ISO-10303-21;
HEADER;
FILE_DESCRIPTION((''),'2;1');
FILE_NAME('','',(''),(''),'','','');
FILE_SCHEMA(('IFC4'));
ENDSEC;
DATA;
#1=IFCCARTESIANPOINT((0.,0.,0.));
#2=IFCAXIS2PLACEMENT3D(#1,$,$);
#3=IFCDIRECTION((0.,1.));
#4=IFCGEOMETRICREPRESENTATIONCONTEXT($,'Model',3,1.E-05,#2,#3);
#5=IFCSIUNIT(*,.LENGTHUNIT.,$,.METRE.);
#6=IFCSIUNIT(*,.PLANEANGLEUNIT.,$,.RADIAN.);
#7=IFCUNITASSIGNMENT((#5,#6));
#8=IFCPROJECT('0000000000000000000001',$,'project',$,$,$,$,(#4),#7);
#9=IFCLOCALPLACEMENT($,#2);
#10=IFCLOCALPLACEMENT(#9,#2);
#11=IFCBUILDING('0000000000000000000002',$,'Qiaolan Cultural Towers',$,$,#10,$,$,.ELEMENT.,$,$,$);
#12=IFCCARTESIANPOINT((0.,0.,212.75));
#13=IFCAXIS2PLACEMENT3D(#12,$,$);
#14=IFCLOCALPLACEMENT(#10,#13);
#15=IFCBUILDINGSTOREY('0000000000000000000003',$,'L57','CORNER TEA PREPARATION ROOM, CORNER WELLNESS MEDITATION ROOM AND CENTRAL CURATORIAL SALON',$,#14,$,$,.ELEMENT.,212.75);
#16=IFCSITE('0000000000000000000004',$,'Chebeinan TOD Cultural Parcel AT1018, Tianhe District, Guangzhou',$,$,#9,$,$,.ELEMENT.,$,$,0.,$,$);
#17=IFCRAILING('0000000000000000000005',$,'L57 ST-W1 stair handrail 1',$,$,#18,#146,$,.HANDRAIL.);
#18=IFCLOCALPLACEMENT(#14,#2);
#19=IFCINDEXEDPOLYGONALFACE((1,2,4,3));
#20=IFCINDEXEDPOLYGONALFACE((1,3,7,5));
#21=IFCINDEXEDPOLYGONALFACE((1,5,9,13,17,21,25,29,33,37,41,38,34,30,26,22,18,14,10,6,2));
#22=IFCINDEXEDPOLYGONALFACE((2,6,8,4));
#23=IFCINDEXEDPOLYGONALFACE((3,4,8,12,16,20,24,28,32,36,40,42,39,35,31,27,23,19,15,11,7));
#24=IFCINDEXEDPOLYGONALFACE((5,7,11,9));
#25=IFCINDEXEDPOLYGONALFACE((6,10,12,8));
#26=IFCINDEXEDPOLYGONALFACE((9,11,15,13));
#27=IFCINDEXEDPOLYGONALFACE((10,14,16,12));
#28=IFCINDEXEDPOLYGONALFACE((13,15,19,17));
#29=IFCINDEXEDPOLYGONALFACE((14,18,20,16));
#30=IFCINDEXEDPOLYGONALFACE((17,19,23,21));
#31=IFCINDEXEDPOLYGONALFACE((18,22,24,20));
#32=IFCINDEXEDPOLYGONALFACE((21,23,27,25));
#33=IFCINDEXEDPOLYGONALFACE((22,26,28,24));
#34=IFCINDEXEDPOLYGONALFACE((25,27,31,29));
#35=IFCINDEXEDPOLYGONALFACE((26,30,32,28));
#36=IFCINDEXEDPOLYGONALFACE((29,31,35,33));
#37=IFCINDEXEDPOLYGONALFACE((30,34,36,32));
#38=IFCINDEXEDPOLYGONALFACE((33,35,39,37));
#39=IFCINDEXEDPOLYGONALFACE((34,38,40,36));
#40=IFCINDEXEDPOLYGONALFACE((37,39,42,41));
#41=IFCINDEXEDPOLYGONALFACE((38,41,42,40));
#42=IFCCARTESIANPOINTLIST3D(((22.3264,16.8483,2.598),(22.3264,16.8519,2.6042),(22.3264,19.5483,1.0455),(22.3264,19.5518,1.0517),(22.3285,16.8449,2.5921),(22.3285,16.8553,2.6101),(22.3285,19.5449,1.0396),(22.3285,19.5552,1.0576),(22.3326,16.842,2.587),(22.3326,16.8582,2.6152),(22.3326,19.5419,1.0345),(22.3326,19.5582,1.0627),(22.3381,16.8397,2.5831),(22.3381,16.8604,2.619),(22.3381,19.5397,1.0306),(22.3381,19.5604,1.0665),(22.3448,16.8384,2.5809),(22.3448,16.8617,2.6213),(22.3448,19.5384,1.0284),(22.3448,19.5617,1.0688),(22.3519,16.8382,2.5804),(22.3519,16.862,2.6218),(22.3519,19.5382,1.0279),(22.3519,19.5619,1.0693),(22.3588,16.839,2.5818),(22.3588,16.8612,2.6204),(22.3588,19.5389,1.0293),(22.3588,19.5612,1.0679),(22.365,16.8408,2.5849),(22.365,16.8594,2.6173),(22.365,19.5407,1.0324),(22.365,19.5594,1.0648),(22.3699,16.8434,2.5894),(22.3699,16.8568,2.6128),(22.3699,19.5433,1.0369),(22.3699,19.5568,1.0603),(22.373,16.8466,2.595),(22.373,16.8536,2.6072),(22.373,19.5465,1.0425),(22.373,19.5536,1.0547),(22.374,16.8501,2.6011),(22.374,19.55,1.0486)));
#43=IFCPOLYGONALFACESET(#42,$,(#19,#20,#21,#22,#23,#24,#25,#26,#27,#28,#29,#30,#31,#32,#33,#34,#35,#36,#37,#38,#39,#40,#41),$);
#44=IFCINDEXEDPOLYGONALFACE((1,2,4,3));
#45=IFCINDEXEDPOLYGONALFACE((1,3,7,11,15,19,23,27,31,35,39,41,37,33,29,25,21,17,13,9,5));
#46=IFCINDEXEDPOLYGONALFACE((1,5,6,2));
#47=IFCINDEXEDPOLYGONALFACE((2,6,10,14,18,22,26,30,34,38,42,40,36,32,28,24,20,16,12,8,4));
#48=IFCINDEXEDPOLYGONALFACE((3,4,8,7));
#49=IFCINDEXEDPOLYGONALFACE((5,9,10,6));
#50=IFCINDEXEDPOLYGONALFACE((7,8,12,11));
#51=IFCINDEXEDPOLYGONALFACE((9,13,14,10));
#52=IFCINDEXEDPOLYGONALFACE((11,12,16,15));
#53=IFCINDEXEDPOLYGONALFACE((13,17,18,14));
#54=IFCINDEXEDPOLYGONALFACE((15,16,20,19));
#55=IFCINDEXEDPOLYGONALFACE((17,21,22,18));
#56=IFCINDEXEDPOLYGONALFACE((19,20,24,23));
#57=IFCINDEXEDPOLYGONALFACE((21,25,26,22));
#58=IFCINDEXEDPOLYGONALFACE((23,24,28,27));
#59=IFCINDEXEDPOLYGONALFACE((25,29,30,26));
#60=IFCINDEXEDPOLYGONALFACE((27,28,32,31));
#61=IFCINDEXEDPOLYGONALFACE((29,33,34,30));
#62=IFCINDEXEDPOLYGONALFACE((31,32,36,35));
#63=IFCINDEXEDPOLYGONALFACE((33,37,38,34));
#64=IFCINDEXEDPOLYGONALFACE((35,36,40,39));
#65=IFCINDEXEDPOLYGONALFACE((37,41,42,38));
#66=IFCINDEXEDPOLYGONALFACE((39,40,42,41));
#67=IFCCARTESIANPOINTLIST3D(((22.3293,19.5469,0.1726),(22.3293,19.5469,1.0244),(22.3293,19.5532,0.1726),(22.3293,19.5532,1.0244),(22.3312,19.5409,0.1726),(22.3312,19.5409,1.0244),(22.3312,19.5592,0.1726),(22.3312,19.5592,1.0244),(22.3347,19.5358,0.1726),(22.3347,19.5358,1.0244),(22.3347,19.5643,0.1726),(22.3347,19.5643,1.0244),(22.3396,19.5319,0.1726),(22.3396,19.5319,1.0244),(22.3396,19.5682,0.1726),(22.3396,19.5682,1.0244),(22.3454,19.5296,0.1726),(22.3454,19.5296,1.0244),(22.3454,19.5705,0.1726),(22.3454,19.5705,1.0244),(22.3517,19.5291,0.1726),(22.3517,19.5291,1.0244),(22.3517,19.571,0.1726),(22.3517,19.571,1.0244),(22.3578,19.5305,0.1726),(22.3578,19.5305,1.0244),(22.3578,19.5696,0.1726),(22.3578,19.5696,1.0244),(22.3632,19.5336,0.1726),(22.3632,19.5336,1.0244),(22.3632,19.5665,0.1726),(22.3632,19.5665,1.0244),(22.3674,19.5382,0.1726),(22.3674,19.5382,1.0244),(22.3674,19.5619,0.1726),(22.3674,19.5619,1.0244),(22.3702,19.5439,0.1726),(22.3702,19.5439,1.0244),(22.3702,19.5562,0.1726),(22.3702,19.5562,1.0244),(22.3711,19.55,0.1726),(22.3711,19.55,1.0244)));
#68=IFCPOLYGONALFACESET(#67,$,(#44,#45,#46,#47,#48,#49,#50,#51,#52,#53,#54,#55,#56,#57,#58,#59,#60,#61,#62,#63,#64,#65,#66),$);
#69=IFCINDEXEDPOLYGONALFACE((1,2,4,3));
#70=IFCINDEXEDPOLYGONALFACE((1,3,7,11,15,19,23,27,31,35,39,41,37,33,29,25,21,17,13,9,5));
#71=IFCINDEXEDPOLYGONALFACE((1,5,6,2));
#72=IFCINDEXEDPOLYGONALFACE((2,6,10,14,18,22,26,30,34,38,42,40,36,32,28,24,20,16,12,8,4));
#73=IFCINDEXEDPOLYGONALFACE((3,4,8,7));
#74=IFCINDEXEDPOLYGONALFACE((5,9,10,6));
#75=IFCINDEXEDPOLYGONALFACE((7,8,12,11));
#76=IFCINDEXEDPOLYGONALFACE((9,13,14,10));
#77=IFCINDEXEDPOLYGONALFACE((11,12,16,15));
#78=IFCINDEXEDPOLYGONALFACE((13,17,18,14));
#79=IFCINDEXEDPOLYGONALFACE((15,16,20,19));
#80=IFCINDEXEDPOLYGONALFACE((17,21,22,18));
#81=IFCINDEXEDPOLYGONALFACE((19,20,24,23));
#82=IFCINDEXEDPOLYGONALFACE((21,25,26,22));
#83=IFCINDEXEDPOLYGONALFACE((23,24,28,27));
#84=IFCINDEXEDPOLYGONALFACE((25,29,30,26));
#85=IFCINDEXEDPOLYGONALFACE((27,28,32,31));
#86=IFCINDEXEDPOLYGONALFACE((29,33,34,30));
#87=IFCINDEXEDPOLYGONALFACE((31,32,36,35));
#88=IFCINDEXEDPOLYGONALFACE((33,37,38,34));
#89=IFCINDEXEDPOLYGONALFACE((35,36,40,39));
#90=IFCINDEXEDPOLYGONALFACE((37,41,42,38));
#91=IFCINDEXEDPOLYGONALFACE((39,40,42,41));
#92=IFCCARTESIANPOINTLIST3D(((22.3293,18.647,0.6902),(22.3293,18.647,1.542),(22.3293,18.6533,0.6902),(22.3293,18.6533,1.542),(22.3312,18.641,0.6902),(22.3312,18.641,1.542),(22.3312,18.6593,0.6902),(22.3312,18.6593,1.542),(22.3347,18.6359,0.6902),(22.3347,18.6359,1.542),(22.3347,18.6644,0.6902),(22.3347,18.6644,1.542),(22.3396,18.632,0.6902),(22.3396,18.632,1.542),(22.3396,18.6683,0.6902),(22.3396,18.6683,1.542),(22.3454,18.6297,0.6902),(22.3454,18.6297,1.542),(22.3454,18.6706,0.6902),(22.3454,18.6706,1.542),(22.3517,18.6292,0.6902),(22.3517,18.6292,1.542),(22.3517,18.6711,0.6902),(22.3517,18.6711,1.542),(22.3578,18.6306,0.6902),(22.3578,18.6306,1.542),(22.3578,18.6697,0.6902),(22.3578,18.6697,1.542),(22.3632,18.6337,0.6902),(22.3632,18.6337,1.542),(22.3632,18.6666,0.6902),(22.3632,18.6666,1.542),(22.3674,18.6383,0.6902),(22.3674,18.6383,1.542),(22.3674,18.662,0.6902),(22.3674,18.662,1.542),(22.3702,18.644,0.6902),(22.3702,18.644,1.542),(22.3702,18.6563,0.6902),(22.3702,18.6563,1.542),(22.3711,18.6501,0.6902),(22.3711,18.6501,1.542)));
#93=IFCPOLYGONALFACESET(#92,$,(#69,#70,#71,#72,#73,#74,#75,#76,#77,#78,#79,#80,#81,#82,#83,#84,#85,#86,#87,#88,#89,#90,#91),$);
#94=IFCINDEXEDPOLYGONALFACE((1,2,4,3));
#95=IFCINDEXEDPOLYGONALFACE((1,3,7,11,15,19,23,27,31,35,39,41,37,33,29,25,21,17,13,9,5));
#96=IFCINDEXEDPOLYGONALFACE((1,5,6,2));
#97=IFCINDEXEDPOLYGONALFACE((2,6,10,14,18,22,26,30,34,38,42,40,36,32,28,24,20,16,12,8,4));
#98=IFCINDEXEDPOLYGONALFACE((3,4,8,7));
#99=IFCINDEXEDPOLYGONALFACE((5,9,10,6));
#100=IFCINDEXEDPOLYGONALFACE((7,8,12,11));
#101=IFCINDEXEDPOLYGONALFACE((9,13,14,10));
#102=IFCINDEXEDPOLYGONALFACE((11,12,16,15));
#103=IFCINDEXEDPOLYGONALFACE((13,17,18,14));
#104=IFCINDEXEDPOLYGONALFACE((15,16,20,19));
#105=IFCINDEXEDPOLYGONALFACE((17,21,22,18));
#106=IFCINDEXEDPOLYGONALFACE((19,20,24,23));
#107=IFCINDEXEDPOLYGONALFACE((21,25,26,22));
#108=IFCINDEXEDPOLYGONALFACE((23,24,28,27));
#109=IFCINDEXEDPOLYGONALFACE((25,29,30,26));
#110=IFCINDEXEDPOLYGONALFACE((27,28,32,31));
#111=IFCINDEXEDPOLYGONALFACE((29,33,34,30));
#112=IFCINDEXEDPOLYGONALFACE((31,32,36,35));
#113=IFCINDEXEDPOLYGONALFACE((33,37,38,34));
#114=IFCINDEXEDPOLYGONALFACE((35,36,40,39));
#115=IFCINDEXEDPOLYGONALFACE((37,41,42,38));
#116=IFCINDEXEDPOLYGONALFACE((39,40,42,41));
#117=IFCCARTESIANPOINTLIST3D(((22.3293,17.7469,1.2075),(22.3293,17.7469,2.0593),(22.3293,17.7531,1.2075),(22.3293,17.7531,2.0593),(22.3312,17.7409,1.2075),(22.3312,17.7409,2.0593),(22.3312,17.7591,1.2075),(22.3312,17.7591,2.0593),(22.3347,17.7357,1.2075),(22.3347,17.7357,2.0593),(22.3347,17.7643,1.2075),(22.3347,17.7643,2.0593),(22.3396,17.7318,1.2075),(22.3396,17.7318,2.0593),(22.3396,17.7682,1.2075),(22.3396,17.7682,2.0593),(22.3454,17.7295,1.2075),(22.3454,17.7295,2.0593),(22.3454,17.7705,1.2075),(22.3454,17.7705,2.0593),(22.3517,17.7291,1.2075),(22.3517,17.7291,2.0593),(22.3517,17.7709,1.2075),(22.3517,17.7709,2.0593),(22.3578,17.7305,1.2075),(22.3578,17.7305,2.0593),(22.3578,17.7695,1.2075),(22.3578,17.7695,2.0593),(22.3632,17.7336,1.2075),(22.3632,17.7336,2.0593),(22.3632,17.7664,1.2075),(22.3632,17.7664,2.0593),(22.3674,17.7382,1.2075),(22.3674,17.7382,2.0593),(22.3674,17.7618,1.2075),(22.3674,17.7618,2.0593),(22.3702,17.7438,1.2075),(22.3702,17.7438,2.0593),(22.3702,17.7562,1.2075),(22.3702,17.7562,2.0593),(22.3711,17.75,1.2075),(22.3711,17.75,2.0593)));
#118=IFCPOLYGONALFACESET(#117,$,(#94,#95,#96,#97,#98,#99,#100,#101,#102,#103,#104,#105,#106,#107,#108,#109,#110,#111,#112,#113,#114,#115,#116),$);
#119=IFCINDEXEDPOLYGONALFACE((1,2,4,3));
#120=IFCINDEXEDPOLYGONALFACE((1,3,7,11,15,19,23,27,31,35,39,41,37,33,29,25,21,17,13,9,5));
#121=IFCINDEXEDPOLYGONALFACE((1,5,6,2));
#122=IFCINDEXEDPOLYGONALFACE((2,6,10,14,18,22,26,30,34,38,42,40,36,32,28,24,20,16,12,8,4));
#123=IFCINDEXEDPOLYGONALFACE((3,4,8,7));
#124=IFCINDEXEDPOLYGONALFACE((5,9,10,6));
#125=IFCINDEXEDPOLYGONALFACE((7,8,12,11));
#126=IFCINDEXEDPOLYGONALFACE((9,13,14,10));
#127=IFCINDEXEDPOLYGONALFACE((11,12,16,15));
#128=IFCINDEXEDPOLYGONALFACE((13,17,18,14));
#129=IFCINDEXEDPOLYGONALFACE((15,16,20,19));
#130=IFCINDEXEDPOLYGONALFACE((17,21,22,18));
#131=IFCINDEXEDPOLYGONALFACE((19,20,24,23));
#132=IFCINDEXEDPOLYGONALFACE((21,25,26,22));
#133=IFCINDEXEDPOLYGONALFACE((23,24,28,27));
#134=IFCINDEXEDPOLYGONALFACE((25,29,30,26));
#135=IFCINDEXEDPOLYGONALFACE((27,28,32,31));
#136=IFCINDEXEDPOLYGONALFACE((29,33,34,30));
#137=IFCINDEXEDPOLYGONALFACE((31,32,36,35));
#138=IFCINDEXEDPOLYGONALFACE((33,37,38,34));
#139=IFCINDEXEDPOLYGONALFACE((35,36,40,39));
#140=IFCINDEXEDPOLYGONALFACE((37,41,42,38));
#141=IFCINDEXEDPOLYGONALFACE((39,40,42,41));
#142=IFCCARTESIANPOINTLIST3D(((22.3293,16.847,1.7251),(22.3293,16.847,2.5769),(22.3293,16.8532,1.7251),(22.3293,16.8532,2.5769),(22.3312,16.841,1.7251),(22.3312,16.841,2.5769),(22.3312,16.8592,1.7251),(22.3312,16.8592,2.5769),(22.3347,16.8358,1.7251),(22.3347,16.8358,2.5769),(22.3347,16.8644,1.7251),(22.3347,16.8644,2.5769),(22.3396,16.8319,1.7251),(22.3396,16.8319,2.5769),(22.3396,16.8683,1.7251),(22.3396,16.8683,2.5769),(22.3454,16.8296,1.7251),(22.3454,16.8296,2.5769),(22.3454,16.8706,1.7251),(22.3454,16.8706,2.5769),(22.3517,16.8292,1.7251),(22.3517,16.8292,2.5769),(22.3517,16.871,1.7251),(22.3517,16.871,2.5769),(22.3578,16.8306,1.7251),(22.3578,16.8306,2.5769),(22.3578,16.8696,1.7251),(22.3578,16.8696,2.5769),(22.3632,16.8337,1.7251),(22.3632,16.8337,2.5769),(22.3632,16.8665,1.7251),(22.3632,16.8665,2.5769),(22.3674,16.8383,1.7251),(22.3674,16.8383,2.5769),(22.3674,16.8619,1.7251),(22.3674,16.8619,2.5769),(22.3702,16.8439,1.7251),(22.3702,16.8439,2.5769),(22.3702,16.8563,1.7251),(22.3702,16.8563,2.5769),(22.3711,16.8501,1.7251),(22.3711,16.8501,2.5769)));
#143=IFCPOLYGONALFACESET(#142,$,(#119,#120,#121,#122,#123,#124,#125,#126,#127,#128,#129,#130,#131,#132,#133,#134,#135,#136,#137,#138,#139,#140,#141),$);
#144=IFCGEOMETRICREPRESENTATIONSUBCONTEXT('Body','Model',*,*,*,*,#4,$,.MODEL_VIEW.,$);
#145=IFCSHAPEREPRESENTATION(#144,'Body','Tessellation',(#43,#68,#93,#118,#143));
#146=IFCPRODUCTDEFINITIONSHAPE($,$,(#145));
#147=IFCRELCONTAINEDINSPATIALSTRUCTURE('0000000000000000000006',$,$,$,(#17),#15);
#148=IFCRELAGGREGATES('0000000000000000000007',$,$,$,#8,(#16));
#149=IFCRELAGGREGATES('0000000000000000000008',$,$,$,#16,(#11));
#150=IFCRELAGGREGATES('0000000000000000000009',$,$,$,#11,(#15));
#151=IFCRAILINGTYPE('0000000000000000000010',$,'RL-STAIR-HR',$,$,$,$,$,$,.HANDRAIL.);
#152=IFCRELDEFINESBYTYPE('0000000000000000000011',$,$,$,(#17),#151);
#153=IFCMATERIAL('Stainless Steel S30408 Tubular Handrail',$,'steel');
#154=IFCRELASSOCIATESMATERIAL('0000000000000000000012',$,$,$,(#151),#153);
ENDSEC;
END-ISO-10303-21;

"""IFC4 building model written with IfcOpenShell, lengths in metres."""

from ifc_helpers import new_model, si_unit, direction, frame, origin, origin_2d, place, context, subcontext, project, spatial, circle, extrude, material, type_object, element, save


model = new_model("IFC4")

# Units and contexts
model_context = context("Model", 3, precision=1e-05, world=origin(), true_north=direction((0.0, 1.0)))
body_context = subcontext(model_context, "Body", "Model", "MODEL_VIEW")
ifc_project = project(units=[si_unit("LENGTHUNIT", "METRE"), si_unit("PLANEANGLEUNIT", "RADIAN")], contexts=[model_context])

# Site, building, storey
site_placement = place(None, origin())
site = spatial("IfcSite", under=ifc_project, at=site_placement, Name="Chebeinan TOD Cultural Parcel AT1018, Tianhe District, Guangzhou", CompositionType="ELEMENT", RefElevation=0.0)
building_placement = place(site_placement, origin())
building = spatial("IfcBuilding", under=site, at=building_placement, Name="Qiaolan Cultural Towers", CompositionType="ELEMENT")
storey_placement = place(building_placement, frame((0.0, 0.0, 212.75)))
storey = spatial("IfcBuildingStorey", under=building, at=storey_placement, Name="L57", Description="CORNER TEA PREPARATION ROOM, CORNER WELLNESS MEDITATION ROOM AND CENTRAL CURATORIAL SALON", CompositionType="ELEMENT", Elevation=212.75)

# Railing
ifc_material_1 = material(Name="Stainless Steel S30408 Tubular Handrail", Category="steel")
railing_type_1 = type_object("IfcRailingType", Name="RL-STAIR-HR", PredefinedType="HANDRAIL", material=ifc_material_1)
railing_1_placement = place(storey_placement, frame((22.3501, 19.55, 0.1726)))
element("IfcRailing", 1, at=railing_1_placement, inside=storey, type_object=railing_type_1, Name="L57 ST-W1 stair handrail 1", PredefinedType="HANDRAIL", context=body_context, shape_type="SweptSolid", body=[
    extrude(circle(Radius=0.0239, at=origin_2d()), frame((0.0, 0.0, 0.876), z_axis=(0.0, -0.866904, 0.498476), x_axis=(1.0, 0.0, 0.0)), (0.0, 0.0, 1.0), 3.1145),
    extrude(circle(Radius=0.021, at=origin_2d()), origin(), (0.0, 0.0, 1.0), 0.8518),
    extrude(circle(Radius=0.021, at=origin_2d()), frame((0.0, -0.8999, 0.5176)), (0.0, 0.0, 1.0), 0.8518),
    extrude(circle(Radius=0.021, at=origin_2d()), frame((0.0, -1.8, 1.0349)), (0.0, 0.0, 1.0), 0.8518),
    extrude(circle(Radius=0.021, at=origin_2d()), frame((0.0, -2.7, 1.5525)), (0.0, 0.0, 1.0), 0.8518),
])

save(model, "model.ifc")
